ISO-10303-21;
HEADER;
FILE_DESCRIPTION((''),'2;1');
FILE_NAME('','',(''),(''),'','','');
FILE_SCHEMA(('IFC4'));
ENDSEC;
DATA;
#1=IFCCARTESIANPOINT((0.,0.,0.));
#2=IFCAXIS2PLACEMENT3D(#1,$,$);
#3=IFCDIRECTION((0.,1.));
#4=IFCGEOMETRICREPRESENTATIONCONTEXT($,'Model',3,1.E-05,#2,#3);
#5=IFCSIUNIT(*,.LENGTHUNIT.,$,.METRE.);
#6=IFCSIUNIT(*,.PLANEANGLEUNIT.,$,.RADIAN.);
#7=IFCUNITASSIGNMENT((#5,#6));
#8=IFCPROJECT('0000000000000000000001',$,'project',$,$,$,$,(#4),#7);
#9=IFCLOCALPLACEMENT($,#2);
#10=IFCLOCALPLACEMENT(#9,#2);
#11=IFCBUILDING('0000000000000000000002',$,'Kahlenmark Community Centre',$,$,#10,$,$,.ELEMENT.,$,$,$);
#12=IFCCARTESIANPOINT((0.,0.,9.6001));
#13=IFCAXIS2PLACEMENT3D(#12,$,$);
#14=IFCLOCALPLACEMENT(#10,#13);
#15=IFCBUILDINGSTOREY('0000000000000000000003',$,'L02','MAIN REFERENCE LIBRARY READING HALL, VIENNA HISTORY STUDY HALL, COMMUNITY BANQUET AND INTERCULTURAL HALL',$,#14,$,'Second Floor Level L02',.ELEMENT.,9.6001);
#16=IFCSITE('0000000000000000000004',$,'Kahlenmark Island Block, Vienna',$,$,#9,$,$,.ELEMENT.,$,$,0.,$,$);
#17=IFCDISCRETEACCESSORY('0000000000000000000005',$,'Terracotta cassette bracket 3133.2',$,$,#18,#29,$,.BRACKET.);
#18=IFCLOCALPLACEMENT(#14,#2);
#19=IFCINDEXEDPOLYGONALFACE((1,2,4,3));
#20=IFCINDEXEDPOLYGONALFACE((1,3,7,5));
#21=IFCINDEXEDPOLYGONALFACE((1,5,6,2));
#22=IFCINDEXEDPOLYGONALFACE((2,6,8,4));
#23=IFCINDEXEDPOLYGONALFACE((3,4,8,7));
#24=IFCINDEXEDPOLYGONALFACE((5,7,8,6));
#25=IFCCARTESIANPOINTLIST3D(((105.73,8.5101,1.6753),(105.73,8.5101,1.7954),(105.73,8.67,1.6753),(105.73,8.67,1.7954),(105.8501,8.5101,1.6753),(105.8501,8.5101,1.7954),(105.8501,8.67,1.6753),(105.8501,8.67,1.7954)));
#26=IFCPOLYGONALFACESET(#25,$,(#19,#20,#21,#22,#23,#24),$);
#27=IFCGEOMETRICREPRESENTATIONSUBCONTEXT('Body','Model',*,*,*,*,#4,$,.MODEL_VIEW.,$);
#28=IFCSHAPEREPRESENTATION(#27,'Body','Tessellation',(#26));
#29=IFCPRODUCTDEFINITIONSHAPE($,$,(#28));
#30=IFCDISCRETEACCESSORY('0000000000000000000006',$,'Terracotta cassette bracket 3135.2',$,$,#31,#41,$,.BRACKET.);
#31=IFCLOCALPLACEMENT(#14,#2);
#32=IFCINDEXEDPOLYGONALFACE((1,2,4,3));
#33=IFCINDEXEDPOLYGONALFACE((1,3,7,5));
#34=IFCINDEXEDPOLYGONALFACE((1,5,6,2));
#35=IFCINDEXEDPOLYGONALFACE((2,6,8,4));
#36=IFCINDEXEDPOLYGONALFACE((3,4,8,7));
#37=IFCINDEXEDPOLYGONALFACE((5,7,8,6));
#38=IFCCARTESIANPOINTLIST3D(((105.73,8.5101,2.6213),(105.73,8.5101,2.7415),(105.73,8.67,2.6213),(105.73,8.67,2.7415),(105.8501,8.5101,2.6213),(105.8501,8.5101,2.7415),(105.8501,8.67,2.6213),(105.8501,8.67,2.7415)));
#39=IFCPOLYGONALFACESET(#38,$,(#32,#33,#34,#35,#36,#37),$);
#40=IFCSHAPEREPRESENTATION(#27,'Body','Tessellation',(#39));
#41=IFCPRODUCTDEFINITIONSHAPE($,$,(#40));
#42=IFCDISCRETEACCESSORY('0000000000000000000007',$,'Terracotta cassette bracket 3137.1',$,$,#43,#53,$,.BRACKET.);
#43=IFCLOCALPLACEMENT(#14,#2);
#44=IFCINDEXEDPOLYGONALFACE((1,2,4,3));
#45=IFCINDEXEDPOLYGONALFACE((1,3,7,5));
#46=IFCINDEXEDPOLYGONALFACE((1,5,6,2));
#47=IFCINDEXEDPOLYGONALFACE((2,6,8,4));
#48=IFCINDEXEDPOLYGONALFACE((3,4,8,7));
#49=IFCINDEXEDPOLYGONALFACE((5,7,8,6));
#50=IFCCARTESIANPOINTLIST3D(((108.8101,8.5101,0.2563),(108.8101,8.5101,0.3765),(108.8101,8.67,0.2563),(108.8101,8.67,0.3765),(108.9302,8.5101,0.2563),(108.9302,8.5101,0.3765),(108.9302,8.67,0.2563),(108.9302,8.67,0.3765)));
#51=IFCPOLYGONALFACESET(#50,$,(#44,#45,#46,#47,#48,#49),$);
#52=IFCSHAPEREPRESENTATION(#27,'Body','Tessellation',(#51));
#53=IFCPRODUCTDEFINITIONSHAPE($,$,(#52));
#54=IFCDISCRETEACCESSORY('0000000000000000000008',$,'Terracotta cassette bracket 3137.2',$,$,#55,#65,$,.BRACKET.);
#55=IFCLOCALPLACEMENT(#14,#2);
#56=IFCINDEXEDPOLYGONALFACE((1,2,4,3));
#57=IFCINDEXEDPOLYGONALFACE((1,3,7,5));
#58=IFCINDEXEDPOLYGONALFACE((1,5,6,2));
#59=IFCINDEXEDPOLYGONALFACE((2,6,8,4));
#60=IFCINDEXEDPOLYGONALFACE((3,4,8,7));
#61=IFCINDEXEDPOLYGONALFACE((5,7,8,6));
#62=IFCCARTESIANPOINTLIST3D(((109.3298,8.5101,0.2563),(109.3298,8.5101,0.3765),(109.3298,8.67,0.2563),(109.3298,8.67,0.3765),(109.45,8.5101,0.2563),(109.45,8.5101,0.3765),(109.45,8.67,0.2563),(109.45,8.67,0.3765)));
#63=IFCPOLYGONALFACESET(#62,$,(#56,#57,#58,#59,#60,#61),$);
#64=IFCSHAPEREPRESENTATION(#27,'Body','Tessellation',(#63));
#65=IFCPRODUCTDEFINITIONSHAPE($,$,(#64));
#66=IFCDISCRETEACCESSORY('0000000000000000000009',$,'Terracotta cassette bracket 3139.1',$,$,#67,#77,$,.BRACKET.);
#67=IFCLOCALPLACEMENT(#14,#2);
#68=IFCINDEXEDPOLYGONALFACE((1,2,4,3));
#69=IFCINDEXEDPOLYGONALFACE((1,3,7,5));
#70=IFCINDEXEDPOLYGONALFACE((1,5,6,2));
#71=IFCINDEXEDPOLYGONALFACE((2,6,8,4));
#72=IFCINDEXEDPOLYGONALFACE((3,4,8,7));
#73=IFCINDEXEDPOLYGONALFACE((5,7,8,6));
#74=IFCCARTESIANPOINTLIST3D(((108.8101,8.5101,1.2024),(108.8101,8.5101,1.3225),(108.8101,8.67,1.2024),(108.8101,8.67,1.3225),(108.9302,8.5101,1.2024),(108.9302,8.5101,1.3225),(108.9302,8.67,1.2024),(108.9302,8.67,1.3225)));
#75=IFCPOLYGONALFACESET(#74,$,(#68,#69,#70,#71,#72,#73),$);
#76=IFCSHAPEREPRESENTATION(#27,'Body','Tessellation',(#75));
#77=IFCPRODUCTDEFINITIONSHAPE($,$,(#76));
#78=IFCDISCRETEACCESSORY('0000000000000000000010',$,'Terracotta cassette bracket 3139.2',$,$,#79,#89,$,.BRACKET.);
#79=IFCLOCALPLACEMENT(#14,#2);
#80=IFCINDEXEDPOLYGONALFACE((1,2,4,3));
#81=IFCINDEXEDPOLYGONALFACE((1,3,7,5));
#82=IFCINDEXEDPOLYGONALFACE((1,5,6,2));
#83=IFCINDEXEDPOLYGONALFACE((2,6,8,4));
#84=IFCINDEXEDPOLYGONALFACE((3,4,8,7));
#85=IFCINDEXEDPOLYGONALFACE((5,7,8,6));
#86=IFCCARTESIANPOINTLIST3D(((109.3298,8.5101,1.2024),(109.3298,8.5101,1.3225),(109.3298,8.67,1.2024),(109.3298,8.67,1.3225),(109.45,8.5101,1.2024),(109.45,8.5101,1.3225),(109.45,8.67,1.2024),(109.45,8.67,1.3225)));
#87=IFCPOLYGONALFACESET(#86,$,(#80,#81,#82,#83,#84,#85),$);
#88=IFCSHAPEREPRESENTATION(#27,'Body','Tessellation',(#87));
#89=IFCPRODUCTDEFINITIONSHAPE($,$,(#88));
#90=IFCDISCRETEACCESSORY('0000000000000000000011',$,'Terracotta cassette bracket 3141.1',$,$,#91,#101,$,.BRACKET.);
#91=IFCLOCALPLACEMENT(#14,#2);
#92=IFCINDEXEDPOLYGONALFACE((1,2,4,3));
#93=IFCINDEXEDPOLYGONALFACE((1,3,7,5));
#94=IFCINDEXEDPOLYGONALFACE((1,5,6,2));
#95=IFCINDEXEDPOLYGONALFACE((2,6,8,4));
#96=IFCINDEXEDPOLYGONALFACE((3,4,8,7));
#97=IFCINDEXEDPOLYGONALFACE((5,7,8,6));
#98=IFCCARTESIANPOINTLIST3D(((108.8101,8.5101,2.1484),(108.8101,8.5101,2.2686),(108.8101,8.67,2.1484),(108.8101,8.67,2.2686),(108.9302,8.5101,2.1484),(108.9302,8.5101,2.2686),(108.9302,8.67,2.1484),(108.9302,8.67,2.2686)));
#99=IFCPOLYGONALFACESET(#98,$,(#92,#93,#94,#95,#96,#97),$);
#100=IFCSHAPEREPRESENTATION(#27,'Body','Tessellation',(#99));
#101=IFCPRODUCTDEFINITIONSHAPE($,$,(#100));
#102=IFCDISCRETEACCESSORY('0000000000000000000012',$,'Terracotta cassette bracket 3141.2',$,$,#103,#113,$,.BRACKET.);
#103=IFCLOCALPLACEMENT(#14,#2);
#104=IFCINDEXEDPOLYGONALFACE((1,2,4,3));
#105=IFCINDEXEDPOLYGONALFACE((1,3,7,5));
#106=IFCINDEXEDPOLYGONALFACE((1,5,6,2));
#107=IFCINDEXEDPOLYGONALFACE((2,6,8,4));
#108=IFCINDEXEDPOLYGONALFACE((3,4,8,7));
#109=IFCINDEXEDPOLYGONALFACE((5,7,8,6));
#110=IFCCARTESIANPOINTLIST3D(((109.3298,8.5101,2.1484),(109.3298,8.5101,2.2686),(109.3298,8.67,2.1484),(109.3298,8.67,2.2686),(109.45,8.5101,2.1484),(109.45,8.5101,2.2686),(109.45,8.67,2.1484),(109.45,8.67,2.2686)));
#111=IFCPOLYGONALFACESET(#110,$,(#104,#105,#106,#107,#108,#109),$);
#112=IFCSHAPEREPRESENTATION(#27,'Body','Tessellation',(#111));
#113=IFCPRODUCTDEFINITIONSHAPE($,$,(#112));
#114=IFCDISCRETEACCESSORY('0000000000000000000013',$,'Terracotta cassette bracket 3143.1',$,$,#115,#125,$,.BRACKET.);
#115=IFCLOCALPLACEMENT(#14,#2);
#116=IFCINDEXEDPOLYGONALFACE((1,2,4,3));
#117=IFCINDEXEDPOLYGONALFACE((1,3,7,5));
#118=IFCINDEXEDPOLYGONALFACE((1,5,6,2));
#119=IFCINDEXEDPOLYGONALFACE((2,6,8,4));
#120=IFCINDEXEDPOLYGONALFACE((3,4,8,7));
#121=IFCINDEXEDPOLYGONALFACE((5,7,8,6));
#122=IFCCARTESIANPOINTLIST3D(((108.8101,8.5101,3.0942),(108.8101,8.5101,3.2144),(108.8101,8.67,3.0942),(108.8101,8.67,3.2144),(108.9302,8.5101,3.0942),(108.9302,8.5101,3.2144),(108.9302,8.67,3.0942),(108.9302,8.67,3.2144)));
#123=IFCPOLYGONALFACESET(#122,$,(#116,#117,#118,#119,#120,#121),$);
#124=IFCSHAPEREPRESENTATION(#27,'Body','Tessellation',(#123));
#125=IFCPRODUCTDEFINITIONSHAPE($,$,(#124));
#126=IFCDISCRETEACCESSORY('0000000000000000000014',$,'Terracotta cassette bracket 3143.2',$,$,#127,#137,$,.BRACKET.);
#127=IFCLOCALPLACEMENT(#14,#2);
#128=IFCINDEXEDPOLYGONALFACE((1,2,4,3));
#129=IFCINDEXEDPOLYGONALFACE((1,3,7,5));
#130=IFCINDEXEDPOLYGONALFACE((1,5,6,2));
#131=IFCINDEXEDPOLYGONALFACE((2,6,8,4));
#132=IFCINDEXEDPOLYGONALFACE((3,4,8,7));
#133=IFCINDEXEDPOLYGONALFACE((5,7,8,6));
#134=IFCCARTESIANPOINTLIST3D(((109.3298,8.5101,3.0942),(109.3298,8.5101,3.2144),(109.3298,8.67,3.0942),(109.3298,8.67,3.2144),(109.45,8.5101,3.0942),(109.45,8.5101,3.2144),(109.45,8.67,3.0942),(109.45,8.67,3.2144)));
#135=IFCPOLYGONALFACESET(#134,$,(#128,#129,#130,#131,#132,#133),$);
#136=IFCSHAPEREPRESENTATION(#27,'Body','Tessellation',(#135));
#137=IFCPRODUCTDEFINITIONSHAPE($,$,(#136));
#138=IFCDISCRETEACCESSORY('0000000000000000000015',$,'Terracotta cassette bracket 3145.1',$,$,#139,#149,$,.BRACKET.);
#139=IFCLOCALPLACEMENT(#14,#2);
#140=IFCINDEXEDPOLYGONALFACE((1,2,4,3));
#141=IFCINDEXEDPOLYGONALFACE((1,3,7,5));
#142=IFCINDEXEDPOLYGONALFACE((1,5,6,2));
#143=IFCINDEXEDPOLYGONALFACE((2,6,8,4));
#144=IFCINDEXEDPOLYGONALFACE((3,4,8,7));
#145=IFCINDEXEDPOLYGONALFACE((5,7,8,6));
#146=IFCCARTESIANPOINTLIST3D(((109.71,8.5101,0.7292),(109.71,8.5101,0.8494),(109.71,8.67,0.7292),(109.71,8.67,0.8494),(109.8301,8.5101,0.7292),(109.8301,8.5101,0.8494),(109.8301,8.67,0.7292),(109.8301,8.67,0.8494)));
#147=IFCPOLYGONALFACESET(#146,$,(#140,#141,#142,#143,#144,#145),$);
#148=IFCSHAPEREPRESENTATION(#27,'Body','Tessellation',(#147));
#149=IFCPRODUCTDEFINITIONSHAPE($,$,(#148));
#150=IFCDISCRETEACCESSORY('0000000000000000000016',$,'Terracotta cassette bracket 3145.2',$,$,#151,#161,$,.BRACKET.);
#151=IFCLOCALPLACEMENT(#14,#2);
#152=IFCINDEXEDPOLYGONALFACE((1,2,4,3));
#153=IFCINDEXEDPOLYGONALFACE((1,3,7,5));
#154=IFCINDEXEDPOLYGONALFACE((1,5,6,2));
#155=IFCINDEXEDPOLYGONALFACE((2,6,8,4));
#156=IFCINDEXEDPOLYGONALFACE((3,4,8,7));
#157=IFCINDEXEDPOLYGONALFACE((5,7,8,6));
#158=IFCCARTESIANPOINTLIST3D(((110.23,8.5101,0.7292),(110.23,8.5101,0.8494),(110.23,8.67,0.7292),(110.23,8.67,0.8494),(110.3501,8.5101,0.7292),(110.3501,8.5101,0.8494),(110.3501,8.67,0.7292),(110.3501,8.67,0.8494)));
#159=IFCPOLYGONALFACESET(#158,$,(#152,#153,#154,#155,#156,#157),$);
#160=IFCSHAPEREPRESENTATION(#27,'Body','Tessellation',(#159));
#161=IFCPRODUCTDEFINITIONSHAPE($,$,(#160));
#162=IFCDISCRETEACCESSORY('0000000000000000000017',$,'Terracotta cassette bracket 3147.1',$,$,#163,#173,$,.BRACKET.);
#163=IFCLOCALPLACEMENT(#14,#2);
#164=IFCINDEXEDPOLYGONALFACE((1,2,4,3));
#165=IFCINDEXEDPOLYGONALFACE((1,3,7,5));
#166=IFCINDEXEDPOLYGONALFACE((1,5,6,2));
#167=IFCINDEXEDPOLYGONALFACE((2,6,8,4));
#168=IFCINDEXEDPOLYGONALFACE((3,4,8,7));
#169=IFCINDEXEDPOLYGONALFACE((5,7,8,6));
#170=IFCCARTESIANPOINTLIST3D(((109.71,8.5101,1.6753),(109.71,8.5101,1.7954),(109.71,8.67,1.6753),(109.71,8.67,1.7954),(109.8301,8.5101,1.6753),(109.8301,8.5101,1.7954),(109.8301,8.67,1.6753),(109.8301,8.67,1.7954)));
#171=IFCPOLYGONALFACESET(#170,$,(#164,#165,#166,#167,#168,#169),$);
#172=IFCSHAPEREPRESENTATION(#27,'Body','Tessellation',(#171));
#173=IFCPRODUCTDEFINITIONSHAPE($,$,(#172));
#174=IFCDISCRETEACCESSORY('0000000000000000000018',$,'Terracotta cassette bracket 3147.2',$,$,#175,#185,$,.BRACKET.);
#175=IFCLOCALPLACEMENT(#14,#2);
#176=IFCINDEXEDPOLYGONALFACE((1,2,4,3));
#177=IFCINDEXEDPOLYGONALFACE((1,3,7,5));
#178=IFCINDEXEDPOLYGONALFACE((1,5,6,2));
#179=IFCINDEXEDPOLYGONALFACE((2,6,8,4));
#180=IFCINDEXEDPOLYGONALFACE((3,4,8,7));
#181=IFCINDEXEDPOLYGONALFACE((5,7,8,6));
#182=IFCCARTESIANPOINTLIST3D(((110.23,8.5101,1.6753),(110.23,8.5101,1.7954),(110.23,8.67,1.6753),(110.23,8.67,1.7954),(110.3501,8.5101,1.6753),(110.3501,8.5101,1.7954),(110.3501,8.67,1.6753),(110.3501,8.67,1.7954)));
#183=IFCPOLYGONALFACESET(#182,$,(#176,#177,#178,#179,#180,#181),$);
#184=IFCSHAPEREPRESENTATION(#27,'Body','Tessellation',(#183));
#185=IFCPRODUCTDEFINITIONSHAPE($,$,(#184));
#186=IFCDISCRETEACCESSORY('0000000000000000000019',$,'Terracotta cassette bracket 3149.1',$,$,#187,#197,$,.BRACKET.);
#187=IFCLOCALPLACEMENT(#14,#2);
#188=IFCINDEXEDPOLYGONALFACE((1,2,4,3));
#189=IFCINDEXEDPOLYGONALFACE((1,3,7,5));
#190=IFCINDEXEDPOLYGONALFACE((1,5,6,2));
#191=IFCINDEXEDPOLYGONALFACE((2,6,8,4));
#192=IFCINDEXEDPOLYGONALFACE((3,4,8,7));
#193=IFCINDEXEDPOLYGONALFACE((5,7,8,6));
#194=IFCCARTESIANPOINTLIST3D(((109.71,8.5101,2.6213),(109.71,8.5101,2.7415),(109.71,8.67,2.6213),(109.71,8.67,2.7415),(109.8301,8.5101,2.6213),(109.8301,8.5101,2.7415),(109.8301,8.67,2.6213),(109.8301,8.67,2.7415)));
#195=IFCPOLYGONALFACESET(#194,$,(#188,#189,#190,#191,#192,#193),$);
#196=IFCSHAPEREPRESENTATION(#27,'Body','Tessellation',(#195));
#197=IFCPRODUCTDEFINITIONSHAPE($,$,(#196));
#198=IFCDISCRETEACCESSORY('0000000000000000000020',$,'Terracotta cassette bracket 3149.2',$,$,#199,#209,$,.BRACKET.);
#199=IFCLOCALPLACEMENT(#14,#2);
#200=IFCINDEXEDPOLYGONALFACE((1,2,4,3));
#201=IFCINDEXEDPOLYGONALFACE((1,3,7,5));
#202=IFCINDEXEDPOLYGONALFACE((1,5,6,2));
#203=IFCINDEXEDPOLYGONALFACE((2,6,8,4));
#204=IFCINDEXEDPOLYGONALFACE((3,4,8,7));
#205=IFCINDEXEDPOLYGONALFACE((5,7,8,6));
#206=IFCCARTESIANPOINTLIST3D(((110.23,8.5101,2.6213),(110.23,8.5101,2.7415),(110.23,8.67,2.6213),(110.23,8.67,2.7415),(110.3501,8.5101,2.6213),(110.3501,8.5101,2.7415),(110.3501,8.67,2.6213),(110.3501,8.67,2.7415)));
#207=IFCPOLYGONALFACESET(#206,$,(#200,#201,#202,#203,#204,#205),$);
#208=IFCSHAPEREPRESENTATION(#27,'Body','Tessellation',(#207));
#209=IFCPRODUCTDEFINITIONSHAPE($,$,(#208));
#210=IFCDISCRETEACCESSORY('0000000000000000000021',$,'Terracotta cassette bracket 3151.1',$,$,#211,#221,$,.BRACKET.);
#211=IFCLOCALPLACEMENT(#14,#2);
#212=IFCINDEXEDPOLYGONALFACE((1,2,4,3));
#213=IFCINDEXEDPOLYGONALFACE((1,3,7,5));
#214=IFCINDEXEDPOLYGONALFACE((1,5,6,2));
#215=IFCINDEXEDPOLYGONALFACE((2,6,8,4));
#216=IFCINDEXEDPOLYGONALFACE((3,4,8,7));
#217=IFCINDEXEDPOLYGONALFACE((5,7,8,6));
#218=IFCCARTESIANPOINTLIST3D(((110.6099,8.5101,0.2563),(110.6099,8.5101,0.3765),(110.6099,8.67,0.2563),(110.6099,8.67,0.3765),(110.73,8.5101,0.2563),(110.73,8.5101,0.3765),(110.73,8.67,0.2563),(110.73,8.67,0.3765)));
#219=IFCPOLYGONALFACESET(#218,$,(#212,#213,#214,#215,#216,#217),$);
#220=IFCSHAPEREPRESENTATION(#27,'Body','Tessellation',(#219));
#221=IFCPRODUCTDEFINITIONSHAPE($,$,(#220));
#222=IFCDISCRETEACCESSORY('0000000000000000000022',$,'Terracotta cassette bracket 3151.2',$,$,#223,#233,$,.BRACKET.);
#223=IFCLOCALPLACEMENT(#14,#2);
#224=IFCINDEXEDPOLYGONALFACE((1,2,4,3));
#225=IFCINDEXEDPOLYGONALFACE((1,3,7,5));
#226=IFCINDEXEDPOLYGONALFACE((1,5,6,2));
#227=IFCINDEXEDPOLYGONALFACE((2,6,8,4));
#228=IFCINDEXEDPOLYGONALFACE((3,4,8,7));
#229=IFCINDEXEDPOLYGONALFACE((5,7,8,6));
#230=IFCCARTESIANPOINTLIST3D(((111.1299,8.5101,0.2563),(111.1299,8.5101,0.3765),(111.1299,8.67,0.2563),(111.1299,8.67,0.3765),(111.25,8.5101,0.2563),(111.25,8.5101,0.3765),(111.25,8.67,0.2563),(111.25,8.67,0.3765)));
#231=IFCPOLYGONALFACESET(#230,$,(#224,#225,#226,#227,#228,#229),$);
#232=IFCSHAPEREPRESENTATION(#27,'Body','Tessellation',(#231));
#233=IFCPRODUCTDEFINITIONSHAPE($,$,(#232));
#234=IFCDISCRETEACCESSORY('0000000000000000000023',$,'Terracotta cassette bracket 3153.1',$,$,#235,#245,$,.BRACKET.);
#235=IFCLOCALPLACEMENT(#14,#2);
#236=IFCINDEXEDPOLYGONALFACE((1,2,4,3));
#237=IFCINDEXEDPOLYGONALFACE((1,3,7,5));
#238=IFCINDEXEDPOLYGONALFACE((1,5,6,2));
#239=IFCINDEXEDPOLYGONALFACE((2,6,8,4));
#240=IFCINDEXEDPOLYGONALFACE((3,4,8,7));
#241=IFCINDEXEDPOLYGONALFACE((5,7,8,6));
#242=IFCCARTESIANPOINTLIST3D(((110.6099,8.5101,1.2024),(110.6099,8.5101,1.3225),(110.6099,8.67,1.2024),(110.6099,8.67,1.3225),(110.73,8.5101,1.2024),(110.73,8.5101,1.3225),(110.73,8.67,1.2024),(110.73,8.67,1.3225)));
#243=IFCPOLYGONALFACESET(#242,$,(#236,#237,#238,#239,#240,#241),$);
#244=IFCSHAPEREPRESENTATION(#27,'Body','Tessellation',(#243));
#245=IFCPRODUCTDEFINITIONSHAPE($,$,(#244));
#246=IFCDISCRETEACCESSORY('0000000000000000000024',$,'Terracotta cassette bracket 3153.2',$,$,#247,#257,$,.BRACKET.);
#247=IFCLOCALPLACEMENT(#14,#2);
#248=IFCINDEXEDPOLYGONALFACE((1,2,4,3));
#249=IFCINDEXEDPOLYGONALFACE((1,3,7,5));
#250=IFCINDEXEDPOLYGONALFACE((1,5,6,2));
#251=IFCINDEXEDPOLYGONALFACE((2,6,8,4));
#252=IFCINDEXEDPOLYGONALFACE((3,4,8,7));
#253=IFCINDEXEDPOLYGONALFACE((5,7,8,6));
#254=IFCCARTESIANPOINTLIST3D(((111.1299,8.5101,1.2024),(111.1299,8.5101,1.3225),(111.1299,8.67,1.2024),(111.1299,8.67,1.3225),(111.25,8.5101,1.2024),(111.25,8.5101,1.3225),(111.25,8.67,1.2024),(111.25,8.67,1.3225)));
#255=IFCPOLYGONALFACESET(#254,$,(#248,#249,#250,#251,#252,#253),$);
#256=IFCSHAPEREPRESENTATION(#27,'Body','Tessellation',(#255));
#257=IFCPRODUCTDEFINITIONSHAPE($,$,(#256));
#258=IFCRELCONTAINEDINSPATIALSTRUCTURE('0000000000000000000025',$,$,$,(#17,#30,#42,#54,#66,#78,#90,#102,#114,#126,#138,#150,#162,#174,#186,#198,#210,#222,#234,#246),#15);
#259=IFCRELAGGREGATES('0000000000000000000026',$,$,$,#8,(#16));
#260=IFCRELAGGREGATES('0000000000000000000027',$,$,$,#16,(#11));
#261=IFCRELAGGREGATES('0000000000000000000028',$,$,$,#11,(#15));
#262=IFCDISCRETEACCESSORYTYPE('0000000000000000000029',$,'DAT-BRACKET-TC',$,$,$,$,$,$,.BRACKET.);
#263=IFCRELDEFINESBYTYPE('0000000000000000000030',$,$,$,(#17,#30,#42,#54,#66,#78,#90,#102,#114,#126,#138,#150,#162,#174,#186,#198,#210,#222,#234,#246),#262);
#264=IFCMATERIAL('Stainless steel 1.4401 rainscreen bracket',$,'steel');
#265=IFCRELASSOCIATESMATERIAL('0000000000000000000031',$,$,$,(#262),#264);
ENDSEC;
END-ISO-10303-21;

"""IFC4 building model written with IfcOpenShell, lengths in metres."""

from ifc_helpers import new_model, si_unit, direction, frame, origin, origin_2d, place, context, subcontext, project, spatial, rectangle, extrude, material, type_object, element, save


model = new_model("IFC4")

# Units and contexts
model_context = context("Model", 3, precision=1e-05, world=origin(), true_north=direction((0.0, 1.0)))
body_context = subcontext(model_context, "Body", "Model", "MODEL_VIEW")
ifc_project = project(units=[si_unit("LENGTHUNIT", "METRE"), si_unit("PLANEANGLEUNIT", "RADIAN")], contexts=[model_context])

# Site, building, storey
site_placement = place(None, origin())
site = spatial("IfcSite", under=ifc_project, at=site_placement, Name="Kahlenmark Island Block, Vienna", CompositionType="ELEMENT", RefElevation=0.0)
building_placement = place(site_placement, origin())
building = spatial("IfcBuilding", under=site, at=building_placement, Name="Kahlenmark Community Centre", CompositionType="ELEMENT")
storey_placement = place(building_placement, frame((0.0, 0.0, 9.6001)))
storey = spatial("IfcBuildingStorey", under=building, at=storey_placement, Name="L02", Description="MAIN REFERENCE LIBRARY READING HALL, VIENNA HISTORY STUDY HALL, COMMUNITY BANQUET AND INTERCULTURAL HALL", LongName="Second Floor Level L02", CompositionType="ELEMENT", Elevation=9.6001)

# Discrete accessories
ifc_material_1 = material(Name="Stainless steel 1.4401 rainscreen bracket", Category="steel")
discrete_accessory_type = type_object("IfcDiscreteAccessoryType", Name="DAT-BRACKET-TC", PredefinedType="BRACKET", material=ifc_material_1)
for number, where, z_axis, x_axis, name in (
    (1, (105.79, 8.5901, 1.6753), (0.0, 0.0, 1.0), (1.0, 0.0, 0.0), "Terracotta cassette bracket 3133.2"),
    (2, (105.79, 8.5901, 2.6213), (0.0, 0.0, 1.0), (1.0, 0.0, 0.0), "Terracotta cassette bracket 3135.2"),
    (3, (108.8701, 8.5901, 0.2563), (0.0, 0.0, 1.0), (1.0, 0.0, 0.0), "Terracotta cassette bracket 3137.1"),
    (4, (109.3899, 8.5901, 0.2563), (0.0, 0.0, 1.0), (1.0, 0.0, 0.0), "Terracotta cassette bracket 3137.2"),
    (5, (108.8701, 8.5901, 1.2024), (0.0, 0.0, 1.0), (1.0, 0.0, 0.0), "Terracotta cassette bracket 3139.1"),
    (6, (109.3899, 8.5901, 1.2024), (0.0, 0.0, 1.0), (1.0, 0.0, 0.0), "Terracotta cassette bracket 3139.2"),
    (7, (108.8701, 8.5901, 2.1484), (0.0, 0.0, 1.0), (1.0, 0.0, 0.0), "Terracotta cassette bracket 3141.1"),
    (8, (109.3899, 8.5901, 2.1484), (0.0, 0.0, 1.0), (1.0, 0.0, 0.0), "Terracotta cassette bracket 3141.2"),
    (9, (108.8701, 8.5901, 3.0942), (0.0, 0.0, 1.0), (1.0, 0.0, 0.0), "Terracotta cassette bracket 3143.1"),
    (10, (109.3899, 8.5901, 3.0942), (0.0, 0.0, 1.0), (1.0, 0.0, 0.0), "Terracotta cassette bracket 3143.2"),
    (11, (109.77, 8.5901, 0.7292), (0.0, 0.0, 1.0), (1.0, 0.0, 0.0), "Terracotta cassette bracket 3145.1"),
    (12, (110.29, 8.5901, 0.7292), (0.0, 0.0, 1.0), (1.0, 0.0, 0.0), "Terracotta cassette bracket 3145.2"),
    (13, (109.77, 8.5901, 1.6753), (0.0, 0.0, 1.0), (1.0, 0.0, 0.0), "Terracotta cassette bracket 3147.1"),
    (14, (110.29, 8.5901, 1.6753), (0.0, 0.0, 1.0), (1.0, 0.0, 0.0), "Terracotta cassette bracket 3147.2"),
    (15, (109.77, 8.5901, 2.6213), (0.0, 0.0, 1.0), (1.0, 0.0, 0.0), "Terracotta cassette bracket 3149.1"),
    (16, (110.29, 8.5901, 2.6213), (0.0, 0.0, 1.0), (1.0, 0.0, 0.0), "Terracotta cassette bracket 3149.2"),
    (17, (110.6699, 8.5901, 0.2563), (0.0, 0.0, 1.0), (1.0, 0.0, 0.0), "Terracotta cassette bracket 3151.1"),
    (18, (111.1899, 8.5901, 0.2563), (0.0, 0.0, 1.0), (1.0, 0.0, 0.0), "Terracotta cassette bracket 3151.2"),
    (19, (110.6699, 8.5901, 1.2024), (0.0, 0.0, 1.0), (1.0, 0.0, 0.0), "Terracotta cassette bracket 3153.1"),
    (20, (111.1899, 8.5901, 1.2024), (0.0, 0.0, 1.0), (1.0, 0.0, 0.0), "Terracotta cassette bracket 3153.2"),
):
    element("IfcDiscreteAccessory", number, at=place(storey_placement, frame(where, z_axis=z_axis, x_axis=x_axis)), inside=storey, type_object=discrete_accessory_type, Name=name, PredefinedType="BRACKET", context=body_context, shape_type="SweptSolid", body=[
        extrude(rectangle(XDim=0.1201, YDim=0.1599, at=origin_2d()), origin(), (0.0, 0.0, 1.0), 0.1201),
    ])

save(model, "model.ifc")
